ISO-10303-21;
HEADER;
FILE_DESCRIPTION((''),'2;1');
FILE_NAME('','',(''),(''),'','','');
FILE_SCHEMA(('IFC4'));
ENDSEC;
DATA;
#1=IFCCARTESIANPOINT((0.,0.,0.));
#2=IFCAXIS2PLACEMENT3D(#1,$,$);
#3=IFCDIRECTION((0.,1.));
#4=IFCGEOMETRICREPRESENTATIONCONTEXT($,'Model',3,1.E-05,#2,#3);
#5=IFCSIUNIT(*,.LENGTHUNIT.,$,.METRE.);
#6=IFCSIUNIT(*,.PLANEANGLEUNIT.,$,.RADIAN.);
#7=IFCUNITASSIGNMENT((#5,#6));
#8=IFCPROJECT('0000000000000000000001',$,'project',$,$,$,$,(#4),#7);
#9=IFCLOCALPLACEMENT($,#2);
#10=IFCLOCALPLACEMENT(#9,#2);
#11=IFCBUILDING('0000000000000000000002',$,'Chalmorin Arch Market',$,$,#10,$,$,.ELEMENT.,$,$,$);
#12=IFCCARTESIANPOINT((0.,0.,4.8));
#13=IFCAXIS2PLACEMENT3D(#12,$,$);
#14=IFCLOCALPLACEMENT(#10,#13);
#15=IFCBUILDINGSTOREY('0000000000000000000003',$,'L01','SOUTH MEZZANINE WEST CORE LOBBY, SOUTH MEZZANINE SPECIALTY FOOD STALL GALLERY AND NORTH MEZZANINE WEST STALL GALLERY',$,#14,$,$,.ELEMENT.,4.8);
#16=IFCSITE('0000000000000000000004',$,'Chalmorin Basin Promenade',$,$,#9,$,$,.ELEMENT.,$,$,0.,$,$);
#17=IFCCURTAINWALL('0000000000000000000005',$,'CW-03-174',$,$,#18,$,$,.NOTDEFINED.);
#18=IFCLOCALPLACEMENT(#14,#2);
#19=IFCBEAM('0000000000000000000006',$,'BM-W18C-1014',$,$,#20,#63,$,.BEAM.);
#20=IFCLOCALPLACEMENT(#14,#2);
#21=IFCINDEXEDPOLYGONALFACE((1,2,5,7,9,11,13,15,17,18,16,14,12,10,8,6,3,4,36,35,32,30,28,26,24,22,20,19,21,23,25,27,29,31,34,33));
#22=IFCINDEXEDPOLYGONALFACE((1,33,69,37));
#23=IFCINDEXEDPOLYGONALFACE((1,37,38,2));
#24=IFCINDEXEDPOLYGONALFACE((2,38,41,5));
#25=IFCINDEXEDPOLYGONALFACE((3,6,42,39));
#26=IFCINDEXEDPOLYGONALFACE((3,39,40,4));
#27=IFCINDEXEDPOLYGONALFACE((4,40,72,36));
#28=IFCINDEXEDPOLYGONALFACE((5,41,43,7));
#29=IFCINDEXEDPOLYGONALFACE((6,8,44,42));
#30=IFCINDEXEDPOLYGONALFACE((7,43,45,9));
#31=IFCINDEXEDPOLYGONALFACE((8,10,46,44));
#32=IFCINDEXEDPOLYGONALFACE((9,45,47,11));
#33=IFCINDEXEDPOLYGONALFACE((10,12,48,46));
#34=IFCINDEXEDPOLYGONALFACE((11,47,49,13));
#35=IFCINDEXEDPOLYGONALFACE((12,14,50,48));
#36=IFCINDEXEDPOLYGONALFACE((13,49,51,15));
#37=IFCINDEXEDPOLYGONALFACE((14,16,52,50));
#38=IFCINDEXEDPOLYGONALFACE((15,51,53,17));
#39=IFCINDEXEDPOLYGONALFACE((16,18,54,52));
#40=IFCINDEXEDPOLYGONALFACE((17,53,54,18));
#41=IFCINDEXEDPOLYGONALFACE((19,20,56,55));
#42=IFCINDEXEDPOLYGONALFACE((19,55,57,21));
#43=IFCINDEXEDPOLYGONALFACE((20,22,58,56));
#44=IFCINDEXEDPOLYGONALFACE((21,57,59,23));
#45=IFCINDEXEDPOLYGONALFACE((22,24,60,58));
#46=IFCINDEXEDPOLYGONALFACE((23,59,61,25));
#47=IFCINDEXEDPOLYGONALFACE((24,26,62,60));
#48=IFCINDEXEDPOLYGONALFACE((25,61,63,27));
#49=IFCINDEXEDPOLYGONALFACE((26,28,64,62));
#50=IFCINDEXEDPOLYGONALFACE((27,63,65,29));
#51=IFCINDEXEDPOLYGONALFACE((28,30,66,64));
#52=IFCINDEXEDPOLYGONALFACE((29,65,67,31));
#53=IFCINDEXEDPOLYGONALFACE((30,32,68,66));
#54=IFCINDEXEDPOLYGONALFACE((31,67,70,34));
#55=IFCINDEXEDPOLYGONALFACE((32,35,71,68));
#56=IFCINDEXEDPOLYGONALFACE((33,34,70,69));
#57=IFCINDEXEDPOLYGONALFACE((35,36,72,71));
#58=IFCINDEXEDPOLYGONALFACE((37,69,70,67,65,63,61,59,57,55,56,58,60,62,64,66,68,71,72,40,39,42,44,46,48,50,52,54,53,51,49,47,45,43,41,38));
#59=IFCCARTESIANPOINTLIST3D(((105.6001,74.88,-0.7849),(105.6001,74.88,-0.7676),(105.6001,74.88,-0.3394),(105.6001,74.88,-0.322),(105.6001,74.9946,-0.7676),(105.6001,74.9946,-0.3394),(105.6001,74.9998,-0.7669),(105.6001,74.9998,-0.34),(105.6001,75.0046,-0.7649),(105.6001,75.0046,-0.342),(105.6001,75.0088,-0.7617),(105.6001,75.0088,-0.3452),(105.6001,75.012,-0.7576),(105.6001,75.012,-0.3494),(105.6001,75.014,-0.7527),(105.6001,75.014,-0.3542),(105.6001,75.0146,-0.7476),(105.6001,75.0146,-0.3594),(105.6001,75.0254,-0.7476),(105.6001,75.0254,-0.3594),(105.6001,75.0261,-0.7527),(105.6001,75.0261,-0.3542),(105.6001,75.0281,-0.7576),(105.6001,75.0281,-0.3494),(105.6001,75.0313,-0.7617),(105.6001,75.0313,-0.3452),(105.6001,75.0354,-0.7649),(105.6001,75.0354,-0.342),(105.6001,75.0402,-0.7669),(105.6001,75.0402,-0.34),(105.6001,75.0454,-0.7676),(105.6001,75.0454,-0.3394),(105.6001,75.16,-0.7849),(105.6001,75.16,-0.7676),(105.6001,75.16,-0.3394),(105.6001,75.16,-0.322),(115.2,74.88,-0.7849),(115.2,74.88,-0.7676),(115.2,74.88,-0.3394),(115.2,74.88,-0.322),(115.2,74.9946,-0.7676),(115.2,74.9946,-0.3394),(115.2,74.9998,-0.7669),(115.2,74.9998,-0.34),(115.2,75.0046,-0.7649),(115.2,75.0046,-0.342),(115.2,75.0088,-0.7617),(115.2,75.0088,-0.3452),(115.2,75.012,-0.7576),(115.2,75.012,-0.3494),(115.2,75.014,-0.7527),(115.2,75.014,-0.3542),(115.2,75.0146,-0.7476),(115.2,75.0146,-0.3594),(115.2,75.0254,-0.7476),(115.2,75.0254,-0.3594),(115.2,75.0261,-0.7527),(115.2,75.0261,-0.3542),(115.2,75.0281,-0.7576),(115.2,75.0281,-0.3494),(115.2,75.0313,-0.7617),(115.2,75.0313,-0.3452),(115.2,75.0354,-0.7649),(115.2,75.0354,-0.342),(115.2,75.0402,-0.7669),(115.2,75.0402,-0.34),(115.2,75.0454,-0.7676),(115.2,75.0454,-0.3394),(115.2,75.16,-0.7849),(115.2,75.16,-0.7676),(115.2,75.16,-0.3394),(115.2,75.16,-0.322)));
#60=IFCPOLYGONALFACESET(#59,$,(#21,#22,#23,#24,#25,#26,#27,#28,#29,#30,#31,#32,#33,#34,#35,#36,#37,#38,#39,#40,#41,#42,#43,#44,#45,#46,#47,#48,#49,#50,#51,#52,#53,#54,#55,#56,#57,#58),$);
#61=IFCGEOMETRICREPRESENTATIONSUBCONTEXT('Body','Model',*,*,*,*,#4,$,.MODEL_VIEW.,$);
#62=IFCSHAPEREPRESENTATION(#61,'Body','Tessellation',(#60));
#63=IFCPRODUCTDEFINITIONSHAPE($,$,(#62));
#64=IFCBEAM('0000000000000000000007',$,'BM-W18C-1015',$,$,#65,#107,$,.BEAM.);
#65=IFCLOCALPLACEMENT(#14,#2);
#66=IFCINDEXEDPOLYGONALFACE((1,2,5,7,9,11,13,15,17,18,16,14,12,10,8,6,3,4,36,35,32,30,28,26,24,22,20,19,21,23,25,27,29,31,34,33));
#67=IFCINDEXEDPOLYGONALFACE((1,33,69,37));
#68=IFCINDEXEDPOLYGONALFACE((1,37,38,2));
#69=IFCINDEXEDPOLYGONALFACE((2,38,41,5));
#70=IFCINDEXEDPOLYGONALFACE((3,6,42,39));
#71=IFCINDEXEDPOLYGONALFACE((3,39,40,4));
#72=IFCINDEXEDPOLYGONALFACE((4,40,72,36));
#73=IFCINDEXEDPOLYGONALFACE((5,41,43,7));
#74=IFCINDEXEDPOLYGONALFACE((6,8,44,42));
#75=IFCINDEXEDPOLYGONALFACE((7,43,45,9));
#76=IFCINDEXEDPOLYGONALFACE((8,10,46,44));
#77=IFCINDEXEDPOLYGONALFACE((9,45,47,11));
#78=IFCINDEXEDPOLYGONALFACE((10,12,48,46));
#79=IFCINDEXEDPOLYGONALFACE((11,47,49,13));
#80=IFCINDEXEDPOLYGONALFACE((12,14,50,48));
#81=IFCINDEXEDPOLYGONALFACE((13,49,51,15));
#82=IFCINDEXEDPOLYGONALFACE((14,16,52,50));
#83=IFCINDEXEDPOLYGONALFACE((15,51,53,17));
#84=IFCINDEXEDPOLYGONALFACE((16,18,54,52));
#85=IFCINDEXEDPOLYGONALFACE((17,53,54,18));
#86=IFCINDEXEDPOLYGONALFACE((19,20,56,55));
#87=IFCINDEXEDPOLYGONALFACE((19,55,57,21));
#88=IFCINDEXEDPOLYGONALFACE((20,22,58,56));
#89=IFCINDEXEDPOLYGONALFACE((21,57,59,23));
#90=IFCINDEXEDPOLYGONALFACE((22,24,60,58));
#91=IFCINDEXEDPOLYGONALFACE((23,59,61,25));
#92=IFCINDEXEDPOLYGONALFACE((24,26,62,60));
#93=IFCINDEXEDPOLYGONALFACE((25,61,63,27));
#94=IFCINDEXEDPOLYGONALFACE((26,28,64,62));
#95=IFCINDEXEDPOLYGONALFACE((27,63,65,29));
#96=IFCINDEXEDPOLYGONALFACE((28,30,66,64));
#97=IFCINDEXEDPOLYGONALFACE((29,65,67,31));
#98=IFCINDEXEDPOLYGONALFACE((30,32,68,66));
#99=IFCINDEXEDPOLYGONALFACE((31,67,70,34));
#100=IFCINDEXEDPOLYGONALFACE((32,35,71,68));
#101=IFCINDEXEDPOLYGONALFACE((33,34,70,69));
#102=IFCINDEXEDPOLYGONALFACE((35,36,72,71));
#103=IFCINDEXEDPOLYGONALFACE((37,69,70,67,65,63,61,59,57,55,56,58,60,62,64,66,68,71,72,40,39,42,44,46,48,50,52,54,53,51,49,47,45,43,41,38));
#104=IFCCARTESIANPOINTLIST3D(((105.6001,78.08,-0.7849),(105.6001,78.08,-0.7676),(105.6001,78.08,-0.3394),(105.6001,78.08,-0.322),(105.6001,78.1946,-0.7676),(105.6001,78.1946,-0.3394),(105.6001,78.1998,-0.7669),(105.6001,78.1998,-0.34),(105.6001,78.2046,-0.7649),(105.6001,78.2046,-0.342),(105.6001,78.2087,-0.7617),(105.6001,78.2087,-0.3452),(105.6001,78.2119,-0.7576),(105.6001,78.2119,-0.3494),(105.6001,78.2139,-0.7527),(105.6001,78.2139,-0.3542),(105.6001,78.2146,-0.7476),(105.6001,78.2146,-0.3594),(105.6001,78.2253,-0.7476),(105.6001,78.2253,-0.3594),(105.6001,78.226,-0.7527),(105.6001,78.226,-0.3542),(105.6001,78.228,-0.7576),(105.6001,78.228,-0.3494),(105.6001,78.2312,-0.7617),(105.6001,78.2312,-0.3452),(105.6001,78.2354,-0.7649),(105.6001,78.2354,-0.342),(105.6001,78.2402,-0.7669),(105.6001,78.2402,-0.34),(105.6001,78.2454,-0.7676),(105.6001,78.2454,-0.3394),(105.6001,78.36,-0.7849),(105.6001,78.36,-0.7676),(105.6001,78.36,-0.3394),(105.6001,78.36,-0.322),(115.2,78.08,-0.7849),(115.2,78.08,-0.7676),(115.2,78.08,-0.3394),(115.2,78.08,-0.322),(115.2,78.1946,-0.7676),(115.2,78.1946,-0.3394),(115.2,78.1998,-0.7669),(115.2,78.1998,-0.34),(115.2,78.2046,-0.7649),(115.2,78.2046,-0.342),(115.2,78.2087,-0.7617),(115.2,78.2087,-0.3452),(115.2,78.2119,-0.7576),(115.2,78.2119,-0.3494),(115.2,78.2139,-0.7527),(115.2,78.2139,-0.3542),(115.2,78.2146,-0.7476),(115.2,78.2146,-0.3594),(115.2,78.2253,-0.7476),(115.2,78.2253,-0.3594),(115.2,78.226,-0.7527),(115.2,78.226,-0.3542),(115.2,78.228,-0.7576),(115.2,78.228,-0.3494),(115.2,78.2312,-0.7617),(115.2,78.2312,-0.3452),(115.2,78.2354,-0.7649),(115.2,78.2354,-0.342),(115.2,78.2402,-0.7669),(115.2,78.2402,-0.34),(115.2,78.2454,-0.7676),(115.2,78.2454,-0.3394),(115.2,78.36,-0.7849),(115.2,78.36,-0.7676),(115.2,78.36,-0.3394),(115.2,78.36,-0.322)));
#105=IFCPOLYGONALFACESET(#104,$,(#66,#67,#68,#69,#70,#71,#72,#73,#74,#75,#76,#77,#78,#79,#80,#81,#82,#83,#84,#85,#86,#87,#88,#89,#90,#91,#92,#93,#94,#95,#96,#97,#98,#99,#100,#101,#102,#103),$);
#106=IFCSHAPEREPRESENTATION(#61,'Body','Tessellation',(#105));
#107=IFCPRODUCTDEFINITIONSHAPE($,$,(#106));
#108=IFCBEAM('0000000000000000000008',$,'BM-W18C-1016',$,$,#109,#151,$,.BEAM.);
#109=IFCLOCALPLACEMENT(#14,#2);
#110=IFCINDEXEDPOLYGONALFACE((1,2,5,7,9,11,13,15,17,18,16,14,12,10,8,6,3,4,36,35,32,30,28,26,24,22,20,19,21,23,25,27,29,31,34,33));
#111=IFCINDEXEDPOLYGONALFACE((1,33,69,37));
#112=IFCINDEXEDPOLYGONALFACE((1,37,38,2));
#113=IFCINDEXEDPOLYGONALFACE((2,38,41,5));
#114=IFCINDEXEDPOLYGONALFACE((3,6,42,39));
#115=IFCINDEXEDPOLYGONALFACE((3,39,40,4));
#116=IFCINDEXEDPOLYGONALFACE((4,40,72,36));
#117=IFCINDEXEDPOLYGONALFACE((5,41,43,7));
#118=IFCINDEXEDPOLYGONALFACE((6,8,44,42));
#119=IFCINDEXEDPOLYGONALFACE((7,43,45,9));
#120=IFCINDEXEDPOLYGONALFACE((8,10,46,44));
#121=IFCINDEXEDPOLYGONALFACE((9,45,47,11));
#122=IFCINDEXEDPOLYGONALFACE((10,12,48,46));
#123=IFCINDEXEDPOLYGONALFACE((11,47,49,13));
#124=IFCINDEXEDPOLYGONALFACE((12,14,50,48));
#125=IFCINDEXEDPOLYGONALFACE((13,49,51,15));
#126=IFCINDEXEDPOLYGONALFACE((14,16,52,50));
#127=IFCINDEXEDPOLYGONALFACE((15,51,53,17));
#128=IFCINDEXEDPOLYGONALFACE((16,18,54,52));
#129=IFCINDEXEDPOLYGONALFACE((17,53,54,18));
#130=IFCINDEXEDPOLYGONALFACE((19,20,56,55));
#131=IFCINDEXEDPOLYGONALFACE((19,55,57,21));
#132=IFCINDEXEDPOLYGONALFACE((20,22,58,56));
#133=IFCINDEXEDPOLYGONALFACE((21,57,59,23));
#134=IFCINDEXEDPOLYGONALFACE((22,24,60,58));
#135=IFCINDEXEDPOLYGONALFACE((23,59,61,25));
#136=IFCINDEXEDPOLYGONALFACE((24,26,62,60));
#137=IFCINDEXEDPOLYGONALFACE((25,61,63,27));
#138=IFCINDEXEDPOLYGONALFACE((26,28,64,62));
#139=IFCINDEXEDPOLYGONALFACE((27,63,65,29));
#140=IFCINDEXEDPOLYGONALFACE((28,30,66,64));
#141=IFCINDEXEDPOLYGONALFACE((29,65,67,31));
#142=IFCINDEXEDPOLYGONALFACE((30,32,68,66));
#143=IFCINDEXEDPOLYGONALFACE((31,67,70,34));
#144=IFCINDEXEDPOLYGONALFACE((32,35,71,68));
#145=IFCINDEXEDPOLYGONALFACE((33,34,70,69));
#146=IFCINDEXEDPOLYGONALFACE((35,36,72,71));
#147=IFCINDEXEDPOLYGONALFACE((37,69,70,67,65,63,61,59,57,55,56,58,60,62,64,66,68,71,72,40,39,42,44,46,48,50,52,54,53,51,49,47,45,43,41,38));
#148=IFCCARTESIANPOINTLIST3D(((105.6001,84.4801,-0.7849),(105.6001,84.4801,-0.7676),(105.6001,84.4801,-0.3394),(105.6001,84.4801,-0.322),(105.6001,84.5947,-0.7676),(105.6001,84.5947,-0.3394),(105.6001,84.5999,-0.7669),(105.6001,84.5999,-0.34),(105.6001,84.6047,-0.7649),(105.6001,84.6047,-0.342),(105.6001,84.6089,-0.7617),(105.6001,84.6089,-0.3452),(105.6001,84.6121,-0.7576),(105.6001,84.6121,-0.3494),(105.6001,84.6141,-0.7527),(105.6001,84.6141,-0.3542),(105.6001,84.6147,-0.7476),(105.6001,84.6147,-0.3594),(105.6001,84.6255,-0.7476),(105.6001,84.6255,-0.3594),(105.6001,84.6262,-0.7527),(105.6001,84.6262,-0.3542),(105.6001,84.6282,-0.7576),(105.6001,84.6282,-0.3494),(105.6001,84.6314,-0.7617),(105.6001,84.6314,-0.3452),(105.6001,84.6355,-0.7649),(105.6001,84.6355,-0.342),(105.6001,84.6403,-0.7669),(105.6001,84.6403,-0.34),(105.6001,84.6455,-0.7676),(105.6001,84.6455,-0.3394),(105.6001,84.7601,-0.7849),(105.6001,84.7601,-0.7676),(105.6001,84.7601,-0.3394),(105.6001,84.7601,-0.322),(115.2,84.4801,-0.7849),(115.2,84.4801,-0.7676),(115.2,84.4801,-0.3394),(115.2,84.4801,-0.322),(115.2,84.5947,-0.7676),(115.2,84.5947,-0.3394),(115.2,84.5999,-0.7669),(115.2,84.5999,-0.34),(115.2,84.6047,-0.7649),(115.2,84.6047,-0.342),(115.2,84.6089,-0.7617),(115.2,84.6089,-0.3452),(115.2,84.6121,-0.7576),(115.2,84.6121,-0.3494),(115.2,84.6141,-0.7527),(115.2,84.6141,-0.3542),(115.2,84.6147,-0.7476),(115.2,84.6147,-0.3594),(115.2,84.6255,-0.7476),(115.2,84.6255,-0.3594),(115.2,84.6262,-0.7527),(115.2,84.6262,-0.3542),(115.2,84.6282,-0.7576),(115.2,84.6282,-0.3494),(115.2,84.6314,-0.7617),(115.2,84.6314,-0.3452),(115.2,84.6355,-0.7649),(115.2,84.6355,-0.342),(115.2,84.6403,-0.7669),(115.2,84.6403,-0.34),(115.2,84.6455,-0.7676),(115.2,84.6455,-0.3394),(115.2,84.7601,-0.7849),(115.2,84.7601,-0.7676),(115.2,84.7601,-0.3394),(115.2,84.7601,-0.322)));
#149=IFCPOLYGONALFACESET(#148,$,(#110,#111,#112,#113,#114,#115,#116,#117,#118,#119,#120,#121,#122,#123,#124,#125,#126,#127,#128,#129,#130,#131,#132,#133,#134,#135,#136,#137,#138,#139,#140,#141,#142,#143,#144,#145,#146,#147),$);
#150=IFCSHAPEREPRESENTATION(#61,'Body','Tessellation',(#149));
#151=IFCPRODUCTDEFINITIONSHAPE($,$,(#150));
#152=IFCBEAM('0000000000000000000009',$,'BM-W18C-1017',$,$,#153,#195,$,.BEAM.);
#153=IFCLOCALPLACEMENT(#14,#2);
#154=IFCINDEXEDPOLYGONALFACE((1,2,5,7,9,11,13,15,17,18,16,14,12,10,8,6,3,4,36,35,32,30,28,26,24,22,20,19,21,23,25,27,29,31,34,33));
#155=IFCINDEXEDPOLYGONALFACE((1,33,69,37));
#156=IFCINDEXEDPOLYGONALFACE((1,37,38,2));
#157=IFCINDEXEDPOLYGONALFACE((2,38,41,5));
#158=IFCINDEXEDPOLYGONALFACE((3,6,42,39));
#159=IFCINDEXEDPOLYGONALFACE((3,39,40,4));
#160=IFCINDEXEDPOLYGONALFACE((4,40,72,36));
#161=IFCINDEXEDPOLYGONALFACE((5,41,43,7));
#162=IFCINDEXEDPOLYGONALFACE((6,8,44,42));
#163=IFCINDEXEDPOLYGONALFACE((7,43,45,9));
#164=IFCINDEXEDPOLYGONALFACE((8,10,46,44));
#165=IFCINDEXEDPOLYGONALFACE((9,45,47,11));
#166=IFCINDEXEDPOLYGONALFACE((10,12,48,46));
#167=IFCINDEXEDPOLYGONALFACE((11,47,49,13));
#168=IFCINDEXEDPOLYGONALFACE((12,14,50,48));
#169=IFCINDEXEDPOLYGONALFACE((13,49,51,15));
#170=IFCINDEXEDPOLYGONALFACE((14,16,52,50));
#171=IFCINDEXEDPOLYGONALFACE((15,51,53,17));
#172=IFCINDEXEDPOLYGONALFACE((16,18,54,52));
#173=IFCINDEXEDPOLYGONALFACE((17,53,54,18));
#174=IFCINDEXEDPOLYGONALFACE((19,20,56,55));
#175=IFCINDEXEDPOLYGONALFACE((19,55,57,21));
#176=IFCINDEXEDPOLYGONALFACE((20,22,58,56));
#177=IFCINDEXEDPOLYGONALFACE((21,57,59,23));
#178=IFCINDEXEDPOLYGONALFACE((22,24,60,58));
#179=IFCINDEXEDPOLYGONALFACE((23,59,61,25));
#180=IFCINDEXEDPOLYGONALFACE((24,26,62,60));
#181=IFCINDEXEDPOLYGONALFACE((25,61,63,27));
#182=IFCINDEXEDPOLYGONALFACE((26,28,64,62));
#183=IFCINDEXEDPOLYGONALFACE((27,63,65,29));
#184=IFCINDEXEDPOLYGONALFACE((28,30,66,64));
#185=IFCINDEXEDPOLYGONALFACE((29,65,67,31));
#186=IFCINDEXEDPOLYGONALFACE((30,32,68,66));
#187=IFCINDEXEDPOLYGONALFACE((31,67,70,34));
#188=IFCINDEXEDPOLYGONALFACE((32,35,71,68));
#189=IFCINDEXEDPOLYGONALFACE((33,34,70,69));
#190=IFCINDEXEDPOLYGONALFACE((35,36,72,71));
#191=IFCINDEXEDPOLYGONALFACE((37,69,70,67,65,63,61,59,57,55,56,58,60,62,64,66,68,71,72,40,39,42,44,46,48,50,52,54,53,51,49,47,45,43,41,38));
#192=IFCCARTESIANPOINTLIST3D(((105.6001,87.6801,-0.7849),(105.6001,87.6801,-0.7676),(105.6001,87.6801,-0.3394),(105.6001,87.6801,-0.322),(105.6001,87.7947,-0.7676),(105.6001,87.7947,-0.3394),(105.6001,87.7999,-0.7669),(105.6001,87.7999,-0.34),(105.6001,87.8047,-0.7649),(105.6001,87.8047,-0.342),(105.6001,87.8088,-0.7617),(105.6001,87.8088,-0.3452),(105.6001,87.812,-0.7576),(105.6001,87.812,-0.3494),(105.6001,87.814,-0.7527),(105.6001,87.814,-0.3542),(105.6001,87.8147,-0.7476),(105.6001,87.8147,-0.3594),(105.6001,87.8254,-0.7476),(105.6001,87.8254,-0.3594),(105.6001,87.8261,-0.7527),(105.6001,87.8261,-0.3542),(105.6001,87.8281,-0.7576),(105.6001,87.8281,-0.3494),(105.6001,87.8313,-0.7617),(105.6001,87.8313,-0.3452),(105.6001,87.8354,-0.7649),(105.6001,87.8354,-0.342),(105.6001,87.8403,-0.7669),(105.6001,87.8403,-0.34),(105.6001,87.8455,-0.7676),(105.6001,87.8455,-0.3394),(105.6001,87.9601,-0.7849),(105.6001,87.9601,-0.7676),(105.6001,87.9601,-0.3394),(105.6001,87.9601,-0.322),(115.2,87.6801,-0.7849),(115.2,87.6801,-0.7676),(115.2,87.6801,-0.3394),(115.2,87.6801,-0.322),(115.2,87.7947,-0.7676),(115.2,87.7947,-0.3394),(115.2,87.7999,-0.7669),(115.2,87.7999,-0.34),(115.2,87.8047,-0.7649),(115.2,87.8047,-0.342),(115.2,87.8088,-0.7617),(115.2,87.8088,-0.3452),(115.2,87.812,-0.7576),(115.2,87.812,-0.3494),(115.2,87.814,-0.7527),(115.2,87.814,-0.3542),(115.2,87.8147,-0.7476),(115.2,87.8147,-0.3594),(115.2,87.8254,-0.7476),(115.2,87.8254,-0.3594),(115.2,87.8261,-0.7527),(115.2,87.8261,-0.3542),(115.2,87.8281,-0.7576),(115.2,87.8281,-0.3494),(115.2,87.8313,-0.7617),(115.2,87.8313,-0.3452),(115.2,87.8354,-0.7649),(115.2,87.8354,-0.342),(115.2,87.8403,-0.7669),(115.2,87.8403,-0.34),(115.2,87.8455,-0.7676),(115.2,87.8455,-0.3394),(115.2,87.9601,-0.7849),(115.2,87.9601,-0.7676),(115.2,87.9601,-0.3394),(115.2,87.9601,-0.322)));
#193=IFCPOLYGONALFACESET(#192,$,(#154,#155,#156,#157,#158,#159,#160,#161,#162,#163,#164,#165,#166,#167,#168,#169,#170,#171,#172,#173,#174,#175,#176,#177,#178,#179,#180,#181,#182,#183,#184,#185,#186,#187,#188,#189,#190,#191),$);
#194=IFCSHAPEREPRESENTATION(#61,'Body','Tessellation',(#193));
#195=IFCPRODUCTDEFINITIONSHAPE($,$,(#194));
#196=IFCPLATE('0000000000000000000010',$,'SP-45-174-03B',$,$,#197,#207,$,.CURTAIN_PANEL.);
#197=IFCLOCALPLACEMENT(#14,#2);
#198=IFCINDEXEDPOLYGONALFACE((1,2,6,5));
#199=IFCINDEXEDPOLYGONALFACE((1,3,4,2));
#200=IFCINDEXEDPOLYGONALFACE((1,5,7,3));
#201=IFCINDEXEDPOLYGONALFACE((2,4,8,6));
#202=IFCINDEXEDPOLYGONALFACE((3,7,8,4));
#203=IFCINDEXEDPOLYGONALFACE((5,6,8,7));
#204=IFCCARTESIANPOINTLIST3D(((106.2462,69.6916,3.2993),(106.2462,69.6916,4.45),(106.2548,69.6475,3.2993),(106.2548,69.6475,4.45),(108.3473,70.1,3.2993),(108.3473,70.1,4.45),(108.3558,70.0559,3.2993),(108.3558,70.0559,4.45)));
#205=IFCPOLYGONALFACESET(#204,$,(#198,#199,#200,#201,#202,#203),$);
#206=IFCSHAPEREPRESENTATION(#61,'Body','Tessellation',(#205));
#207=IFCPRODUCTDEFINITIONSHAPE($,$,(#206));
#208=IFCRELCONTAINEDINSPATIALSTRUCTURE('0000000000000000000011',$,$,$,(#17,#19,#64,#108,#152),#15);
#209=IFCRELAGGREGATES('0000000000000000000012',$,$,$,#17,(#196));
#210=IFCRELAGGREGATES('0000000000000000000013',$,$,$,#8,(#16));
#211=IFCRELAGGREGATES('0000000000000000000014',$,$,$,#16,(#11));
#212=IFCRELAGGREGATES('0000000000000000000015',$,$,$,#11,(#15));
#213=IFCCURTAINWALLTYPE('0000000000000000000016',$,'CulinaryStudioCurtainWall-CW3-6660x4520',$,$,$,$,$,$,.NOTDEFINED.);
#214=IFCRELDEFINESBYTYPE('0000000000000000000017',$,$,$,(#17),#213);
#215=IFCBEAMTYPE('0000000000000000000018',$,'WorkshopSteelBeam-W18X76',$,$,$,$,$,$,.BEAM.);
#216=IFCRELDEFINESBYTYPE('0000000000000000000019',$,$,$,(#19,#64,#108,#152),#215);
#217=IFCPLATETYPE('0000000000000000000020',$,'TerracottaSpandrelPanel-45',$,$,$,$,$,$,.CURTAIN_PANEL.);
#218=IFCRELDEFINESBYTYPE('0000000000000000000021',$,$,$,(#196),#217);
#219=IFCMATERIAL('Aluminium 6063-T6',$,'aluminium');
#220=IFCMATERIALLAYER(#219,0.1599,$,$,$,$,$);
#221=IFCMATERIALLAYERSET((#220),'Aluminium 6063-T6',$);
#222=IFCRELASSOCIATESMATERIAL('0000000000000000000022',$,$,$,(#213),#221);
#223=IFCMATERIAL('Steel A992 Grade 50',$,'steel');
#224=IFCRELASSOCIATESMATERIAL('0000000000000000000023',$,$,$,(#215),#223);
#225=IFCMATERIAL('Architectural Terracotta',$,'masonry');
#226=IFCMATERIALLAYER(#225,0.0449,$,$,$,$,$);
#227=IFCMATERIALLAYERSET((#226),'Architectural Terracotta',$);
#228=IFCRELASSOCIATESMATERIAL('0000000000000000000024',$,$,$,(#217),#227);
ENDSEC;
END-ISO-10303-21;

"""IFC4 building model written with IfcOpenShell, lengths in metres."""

from ifc_helpers import new_model, si_unit, direction, frame, origin, origin_2d, place, context, subcontext, project, spatial, rectangle, i_section, extrude, material, layer, layer_set, material_profile, profile_set, type_object, element, aggregate, save


model = new_model("IFC4")

# Units and contexts
model_context = context("Model", 3, precision=1e-05, world=origin(), true_north=direction((0.0, 1.0)))
body_context = subcontext(model_context, "Body", "Model", "MODEL_VIEW")
ifc_project = project(units=[si_unit("LENGTHUNIT", "METRE"), si_unit("PLANEANGLEUNIT", "RADIAN")], contexts=[model_context])

# Site, building, storey
site_placement = place(None, origin())
site = spatial("IfcSite", under=ifc_project, at=site_placement, Name="Chalmorin Basin Promenade", CompositionType="ELEMENT", RefElevation=0.0)
building_placement = place(site_placement, origin())
building = spatial("IfcBuilding", under=site, at=building_placement, Name="Chalmorin Arch Market", CompositionType="ELEMENT")
storey_placement = place(building_placement, frame((0.0, 0.0, 4.8)))
storey = spatial("IfcBuildingStorey", under=building, at=storey_placement, Name="L01", Description="SOUTH MEZZANINE WEST CORE LOBBY, SOUTH MEZZANINE SPECIALTY FOOD STALL GALLERY AND NORTH MEZZANINE WEST STALL GALLERY", CompositionType="ELEMENT", Elevation=4.8)

# Curtain wall
ifc_material_1 = material(Name="Aluminium 6063-T6", Category="aluminium")
ifc_layer_1 = layer(ifc_material_1, 0.1599)
ifc_layer_set_1 = layer_set([ifc_layer_1], Name="Aluminium 6063-T6")
curtain_wall_type_1 = type_object("IfcCurtainWallType", Name="CulinaryStudioCurtainWall-CW3-6660x4520", PredefinedType="NOTDEFINED", material=ifc_layer_set_1)
curtain_wall_1_placement = place(storey_placement, origin())
curtain_wall_1 = element("IfcCurtainWall", 1, at=curtain_wall_1_placement, inside=storey, type_object=curtain_wall_type_1, Name="CW-03-174", PredefinedType="NOTDEFINED")

# Beams
ifc_material_2 = material(Name="Steel A992 Grade 50", Category="steel")
ifc_material_profile_1 = material_profile(ifc_material_2, i_section(OverallWidth=0.28, OverallDepth=0.4629, WebThickness=0.0107, FlangeThickness=0.0173, FilletRadius=0.02, at=origin_2d()), Name="W18X76")
ifc_profile_set_1 = profile_set([ifc_material_profile_1], Name="Steel A992 Grade 50")
beam_type_1 = type_object("IfcBeamType", Name="WorkshopSteelBeam-W18X76", PredefinedType="BEAM", material=ifc_profile_set_1)
for number, where, z_axis, x_axis, name in (
    (2, (105.6001, 75.02, -0.5535), (1.0, 0.0, 0.0), (0.0, 1.0, 0.0), "BM-W18C-1014"),
    (3, (105.6001, 78.22, -0.5535), (1.0, 0.0, 0.0), (0.0, 1.0, 0.0), "BM-W18C-1015"),
    (4, (105.6001, 84.6201, -0.5535), (1.0, 0.0, 0.0), (0.0, 1.0, 0.0), "BM-W18C-1016"),
    (5, (105.6001, 87.8201, -0.5535), (1.0, 0.0, 0.0), (0.0, 1.0, 0.0), "BM-W18C-1017"),
):
    element("IfcBeam", number, at=place(storey_placement, frame(where, z_axis=z_axis, x_axis=x_axis)), inside=storey, type_object=beam_type_1, Name=name, PredefinedType="BEAM", context=body_context, shape_type="SweptSolid", body=[
        extrude(i_section(OverallWidth=0.28, OverallDepth=0.4629, WebThickness=0.0107, FlangeThickness=0.0173, FilletRadius=0.02, at=origin_2d()), origin(), (0.0, 0.0, 1.0), 9.5999),
    ])

# Plate
ifc_material_3 = material(Name="Architectural Terracotta", Category="masonry")
ifc_layer_2 = layer(ifc_material_3, 0.0449)
ifc_layer_set_2 = layer_set([ifc_layer_2], Name="Architectural Terracotta")
plate_type_1 = type_object("IfcPlateType", Name="TerracottaSpandrelPanel-45", PredefinedType="CURTAIN_PANEL", material=ifc_layer_set_2)
plate_1_placement = place(storey_placement, frame((107.301, 69.8738, 3.2993), z_axis=(0.0, 0.0, 1.0), x_axis=(0.981627, 0.190809, 0.0)))
plate_1 = element("IfcPlate", 6, at=plate_1_placement, type_object=plate_type_1, Name="SP-45-174-03B", PredefinedType="CURTAIN_PANEL", context=body_context, shape_type="SweptSolid", body=[
    extrude(rectangle(XDim=2.1404, YDim=0.0449, at=origin_2d()), origin(), (0.0, 0.0, 1.0), 1.1506),
])
aggregate(curtain_wall_1, [plate_1])

save(model, "model.ifc")
